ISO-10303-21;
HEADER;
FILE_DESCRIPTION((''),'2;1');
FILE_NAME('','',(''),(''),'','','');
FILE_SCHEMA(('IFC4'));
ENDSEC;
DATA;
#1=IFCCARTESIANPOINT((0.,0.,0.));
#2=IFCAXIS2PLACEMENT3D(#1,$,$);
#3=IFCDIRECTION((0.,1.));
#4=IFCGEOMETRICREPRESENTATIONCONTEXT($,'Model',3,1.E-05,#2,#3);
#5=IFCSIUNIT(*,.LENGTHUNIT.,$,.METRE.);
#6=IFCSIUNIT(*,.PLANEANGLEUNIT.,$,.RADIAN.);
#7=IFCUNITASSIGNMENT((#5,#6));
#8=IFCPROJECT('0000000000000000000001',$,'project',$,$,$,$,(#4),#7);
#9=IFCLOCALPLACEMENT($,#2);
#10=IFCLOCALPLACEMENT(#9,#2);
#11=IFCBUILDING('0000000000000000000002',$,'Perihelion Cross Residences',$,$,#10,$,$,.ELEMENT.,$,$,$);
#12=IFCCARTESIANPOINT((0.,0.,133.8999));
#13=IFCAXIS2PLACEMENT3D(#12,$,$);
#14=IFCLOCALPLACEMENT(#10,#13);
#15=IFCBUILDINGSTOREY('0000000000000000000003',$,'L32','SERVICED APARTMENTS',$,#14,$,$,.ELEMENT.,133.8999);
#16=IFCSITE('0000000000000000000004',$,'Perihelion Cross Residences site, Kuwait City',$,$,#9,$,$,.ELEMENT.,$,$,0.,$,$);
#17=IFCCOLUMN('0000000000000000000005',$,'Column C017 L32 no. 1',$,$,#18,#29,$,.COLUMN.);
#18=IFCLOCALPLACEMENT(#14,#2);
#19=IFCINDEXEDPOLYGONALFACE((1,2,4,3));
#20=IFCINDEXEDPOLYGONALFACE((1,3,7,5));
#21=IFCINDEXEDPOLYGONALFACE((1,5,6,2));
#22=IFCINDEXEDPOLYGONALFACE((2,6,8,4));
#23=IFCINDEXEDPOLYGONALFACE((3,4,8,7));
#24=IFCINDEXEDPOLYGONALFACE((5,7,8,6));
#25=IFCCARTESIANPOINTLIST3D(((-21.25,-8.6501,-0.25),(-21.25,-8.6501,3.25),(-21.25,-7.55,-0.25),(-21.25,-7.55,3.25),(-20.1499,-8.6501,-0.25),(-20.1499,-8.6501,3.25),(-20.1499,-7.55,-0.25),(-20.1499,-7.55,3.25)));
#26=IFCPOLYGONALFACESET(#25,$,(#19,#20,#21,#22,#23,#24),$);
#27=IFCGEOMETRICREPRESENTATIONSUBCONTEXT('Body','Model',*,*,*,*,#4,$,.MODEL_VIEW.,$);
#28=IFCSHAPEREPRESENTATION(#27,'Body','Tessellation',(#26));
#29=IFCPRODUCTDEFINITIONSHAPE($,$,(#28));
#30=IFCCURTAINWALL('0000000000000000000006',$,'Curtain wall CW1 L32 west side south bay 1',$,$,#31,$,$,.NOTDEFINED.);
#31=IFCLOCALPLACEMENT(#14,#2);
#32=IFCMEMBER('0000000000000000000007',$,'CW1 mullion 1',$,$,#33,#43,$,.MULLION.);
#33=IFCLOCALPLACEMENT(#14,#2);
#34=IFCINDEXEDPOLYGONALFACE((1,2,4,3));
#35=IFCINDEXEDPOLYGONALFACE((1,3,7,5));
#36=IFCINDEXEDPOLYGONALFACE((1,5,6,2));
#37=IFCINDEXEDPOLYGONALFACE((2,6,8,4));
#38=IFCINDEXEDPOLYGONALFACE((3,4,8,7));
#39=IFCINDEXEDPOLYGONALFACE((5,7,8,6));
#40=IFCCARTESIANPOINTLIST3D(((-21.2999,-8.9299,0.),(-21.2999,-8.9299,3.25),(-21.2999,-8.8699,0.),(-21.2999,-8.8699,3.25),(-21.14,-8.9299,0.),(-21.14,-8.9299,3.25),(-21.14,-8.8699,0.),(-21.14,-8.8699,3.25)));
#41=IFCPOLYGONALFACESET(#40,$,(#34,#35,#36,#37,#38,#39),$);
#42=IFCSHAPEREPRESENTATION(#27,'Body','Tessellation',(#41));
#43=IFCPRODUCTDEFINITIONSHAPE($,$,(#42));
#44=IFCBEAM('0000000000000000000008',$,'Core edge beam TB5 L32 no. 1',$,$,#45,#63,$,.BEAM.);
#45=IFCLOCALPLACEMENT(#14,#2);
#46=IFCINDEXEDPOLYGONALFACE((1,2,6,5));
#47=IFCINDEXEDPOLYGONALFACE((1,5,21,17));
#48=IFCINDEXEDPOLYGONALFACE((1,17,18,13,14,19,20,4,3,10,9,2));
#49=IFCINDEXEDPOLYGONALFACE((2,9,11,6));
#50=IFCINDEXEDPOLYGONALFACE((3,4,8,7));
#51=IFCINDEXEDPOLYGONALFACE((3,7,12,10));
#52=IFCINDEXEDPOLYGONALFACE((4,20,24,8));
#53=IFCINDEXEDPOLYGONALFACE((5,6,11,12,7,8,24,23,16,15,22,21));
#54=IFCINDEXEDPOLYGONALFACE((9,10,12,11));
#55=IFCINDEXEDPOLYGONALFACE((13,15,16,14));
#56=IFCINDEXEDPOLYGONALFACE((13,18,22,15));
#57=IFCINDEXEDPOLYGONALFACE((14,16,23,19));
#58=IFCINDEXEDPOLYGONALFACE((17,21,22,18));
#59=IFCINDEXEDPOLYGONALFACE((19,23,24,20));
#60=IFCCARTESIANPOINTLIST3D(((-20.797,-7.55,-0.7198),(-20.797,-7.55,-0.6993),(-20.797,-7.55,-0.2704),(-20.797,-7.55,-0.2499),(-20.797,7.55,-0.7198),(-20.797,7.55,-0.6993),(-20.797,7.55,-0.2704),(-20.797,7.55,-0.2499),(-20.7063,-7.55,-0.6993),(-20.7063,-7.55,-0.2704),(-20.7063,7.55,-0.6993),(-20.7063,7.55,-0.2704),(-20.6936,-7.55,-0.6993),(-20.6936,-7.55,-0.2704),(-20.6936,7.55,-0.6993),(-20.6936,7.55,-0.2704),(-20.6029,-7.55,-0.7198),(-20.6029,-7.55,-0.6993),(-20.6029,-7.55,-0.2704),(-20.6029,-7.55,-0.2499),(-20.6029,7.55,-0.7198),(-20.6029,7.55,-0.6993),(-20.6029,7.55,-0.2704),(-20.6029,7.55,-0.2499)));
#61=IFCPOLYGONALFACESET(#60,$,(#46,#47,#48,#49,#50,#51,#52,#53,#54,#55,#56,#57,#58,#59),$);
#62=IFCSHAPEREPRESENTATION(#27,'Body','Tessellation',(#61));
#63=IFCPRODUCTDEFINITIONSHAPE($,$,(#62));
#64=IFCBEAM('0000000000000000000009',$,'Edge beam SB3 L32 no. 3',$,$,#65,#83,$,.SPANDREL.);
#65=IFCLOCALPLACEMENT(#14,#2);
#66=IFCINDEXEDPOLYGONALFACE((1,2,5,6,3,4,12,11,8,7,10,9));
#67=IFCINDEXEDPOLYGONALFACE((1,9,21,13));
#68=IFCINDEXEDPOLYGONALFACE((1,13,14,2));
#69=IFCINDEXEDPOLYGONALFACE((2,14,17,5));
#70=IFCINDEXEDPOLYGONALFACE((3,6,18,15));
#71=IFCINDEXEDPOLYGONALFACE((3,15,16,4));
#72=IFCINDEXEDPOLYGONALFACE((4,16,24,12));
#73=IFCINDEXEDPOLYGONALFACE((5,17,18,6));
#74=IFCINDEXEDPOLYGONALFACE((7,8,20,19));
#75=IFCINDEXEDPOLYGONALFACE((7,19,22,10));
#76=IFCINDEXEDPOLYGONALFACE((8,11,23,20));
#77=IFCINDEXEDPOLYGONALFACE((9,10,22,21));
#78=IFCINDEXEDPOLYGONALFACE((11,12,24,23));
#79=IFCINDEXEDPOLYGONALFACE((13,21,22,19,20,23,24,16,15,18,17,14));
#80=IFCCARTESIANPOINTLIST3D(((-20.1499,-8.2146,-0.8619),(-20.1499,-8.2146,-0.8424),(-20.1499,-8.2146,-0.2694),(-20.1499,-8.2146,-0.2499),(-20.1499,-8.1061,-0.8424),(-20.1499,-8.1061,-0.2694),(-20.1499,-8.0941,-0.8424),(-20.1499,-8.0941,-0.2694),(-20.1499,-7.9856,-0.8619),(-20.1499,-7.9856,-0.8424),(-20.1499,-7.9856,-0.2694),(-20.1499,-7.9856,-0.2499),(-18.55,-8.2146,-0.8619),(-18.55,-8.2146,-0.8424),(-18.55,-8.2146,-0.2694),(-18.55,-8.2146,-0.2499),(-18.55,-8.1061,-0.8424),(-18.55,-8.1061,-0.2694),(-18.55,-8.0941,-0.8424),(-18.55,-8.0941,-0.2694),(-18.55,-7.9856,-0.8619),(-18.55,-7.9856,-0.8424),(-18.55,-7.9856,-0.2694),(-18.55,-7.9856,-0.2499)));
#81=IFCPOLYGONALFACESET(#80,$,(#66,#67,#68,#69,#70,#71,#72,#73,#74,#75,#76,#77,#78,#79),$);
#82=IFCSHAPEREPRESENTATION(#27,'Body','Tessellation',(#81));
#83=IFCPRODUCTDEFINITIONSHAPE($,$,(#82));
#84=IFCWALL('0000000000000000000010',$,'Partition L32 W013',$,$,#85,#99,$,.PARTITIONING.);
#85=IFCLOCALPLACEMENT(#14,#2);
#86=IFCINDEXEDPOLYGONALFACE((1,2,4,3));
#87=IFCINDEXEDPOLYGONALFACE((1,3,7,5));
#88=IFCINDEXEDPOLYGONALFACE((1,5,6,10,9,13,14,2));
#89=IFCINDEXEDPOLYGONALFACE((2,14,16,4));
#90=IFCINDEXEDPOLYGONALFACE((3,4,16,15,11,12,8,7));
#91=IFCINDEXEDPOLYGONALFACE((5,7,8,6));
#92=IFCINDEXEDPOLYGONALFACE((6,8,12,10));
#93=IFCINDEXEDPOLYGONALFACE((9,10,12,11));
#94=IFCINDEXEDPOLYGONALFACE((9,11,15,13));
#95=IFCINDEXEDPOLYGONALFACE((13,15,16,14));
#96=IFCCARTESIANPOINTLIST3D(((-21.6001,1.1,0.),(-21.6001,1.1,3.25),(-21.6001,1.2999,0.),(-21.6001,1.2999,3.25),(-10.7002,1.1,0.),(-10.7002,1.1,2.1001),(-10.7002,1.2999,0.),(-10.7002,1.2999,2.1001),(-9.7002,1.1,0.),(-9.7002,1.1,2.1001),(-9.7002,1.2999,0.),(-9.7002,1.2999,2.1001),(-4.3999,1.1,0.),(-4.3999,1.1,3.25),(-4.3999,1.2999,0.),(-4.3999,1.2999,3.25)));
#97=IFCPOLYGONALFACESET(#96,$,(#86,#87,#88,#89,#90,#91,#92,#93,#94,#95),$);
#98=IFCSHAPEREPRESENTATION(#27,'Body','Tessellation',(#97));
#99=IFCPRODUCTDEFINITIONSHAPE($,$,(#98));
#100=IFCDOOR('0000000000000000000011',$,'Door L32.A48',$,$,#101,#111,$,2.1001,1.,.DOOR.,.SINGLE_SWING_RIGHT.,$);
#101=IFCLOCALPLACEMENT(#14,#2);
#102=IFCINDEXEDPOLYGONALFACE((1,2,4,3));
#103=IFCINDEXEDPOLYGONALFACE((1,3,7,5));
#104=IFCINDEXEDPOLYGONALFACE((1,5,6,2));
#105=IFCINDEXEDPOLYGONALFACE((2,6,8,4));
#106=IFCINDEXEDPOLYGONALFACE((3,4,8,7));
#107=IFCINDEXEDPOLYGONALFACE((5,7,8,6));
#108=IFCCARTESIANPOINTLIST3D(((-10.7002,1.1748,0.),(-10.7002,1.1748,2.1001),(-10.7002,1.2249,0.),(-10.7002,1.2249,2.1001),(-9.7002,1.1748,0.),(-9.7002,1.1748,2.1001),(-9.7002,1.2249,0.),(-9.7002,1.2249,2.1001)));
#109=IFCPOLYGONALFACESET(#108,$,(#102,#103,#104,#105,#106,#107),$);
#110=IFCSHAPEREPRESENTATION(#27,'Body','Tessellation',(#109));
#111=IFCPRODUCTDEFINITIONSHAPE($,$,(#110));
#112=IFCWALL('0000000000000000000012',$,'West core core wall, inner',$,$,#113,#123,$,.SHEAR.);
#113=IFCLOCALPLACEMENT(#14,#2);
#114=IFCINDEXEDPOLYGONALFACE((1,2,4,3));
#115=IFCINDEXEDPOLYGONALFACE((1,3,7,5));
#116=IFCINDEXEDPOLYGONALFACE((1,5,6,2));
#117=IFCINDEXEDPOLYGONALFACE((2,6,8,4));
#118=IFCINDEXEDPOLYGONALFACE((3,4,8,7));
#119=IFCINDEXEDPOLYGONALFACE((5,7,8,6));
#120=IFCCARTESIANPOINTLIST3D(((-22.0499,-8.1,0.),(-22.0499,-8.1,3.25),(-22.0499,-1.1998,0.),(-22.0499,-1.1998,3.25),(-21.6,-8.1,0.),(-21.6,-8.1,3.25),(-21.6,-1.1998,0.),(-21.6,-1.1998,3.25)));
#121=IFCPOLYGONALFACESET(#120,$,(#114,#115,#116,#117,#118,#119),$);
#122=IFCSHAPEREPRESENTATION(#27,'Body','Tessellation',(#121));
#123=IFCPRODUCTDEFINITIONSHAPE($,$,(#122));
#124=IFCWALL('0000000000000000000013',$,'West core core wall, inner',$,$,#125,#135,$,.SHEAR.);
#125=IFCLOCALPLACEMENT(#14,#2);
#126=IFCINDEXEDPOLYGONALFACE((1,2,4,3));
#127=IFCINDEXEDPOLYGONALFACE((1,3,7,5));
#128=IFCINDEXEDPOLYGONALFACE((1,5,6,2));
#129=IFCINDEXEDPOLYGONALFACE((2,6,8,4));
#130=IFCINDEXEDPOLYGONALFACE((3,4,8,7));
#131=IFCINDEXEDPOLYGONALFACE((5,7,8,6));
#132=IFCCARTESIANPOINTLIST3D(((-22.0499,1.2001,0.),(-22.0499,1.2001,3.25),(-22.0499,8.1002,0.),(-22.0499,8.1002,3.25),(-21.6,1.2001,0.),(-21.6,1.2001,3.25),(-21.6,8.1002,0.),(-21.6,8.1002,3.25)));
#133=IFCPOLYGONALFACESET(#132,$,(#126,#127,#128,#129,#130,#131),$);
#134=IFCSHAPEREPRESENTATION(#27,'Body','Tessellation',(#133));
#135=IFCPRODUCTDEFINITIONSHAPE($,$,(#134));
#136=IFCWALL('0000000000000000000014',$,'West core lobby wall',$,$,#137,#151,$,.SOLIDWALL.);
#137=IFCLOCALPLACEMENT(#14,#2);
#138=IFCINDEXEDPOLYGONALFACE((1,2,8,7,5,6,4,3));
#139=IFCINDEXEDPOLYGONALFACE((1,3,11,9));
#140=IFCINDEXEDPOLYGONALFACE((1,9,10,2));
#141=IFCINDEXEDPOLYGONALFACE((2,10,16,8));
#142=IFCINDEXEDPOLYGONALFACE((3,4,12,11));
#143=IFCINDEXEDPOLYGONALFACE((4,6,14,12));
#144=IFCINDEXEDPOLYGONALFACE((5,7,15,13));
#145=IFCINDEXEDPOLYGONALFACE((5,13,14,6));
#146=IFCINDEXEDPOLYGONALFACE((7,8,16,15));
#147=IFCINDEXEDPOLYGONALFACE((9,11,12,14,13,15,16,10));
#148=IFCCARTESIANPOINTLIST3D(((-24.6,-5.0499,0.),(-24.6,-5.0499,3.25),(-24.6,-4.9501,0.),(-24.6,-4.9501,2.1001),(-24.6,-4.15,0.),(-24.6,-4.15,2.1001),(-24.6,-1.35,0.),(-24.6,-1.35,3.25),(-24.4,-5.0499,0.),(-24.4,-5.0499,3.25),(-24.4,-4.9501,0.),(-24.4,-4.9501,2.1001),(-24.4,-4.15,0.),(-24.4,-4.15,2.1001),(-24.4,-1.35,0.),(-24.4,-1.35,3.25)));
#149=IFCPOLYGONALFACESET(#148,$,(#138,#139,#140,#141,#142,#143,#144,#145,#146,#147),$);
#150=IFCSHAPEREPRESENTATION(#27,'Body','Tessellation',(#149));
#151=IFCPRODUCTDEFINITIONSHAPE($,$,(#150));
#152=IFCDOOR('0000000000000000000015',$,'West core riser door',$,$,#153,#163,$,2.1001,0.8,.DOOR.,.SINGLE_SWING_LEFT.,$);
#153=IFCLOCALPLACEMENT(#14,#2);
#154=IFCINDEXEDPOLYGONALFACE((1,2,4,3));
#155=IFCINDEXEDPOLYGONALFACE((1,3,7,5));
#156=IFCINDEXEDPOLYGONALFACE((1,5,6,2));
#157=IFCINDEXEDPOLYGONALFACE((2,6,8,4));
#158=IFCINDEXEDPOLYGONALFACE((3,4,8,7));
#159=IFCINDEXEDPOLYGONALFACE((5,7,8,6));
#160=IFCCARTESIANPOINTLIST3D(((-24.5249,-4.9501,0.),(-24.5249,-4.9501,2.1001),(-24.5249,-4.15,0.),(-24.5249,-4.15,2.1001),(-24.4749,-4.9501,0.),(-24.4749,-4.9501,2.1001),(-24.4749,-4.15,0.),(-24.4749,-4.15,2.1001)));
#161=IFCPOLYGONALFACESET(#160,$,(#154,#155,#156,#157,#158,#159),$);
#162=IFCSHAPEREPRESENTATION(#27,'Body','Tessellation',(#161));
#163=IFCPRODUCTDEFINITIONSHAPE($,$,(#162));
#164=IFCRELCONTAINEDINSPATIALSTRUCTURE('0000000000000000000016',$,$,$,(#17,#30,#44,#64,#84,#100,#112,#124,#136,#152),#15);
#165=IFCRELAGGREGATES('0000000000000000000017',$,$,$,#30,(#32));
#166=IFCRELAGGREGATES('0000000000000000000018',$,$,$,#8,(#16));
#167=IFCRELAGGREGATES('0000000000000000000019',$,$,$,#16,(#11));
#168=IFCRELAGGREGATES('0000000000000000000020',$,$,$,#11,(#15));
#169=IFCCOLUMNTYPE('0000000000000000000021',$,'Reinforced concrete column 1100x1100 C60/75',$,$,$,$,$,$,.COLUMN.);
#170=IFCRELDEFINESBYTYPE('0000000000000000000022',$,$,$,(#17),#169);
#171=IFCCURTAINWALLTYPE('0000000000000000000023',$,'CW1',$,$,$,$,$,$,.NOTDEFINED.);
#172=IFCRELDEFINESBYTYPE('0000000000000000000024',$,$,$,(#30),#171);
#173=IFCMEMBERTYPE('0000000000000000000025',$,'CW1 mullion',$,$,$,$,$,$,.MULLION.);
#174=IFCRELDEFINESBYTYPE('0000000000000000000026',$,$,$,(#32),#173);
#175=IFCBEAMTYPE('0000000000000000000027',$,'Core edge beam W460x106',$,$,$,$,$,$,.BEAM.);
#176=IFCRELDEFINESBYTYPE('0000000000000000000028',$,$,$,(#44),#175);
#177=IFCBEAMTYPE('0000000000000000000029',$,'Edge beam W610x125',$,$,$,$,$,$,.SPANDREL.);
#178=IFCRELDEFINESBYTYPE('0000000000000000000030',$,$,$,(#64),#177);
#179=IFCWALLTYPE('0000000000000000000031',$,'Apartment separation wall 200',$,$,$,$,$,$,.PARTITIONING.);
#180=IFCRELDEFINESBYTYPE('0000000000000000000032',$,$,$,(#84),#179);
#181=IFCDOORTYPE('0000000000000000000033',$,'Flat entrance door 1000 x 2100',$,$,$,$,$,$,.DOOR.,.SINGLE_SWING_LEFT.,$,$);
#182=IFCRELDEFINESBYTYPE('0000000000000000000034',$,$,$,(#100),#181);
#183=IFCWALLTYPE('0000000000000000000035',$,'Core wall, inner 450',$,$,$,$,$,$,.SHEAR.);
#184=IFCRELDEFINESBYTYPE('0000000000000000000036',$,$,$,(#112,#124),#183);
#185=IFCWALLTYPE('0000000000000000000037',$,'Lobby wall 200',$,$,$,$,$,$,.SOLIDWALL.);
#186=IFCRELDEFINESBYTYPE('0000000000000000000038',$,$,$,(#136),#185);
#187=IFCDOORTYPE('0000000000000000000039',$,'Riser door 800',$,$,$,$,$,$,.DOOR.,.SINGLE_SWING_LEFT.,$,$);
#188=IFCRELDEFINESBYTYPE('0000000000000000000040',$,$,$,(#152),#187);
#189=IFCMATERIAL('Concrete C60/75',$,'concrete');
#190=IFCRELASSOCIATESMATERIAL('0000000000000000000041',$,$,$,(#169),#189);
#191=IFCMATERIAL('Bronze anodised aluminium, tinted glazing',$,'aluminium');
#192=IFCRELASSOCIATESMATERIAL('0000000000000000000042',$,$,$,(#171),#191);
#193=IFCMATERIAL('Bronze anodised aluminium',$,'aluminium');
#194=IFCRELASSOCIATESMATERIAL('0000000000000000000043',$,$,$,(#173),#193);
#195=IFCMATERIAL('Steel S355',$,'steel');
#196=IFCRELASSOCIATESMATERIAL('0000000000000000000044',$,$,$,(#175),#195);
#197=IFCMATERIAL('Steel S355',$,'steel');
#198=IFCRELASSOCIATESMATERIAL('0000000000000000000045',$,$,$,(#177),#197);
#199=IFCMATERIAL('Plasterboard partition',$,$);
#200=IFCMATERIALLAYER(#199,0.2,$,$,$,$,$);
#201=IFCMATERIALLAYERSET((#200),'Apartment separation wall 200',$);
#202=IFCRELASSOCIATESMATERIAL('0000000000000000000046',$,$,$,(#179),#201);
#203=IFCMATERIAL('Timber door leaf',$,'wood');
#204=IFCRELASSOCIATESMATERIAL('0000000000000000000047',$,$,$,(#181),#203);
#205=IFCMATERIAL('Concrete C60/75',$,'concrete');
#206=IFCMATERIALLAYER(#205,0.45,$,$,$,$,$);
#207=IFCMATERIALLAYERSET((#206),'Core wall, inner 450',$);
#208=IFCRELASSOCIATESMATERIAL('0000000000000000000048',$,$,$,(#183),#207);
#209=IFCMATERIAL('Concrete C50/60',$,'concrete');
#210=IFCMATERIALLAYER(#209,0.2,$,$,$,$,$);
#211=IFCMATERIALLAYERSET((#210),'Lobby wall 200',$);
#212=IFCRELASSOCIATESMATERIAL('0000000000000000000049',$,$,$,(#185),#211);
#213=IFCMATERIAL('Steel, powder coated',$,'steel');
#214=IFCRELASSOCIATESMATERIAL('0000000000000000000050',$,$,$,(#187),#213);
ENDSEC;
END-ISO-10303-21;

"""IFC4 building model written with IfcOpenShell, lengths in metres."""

from ifc_helpers import new_model, si_unit, direction, frame, frame_2d, origin, origin_2d, place, context, subcontext, project, spatial, rectangle, i_section, extrude, material, layer, layer_set, material_profile, profile_set, type_object, element, fill, aggregate, save


model = new_model("IFC4")

# Units and contexts
model_context = context("Model", 3, precision=1e-05, world=origin(), true_north=direction((0.0, 1.0)))
body_context = subcontext(model_context, "Body", "Model", "MODEL_VIEW")
ifc_project = project(units=[si_unit("LENGTHUNIT", "METRE"), si_unit("PLANEANGLEUNIT", "RADIAN")], contexts=[model_context])

# Site, building, storey
site_placement = place(None, origin())
site = spatial("IfcSite", under=ifc_project, at=site_placement, Name="Perihelion Cross Residences site, Kuwait City", CompositionType="ELEMENT", RefElevation=0.0)
building_placement = place(site_placement, origin())
building = spatial("IfcBuilding", under=site, at=building_placement, Name="Perihelion Cross Residences", CompositionType="ELEMENT")
storey_placement = place(building_placement, frame((0.0, 0.0, 133.8999)))
storey = spatial("IfcBuildingStorey", under=building, at=storey_placement, Name="L32", Description="SERVICED APARTMENTS", CompositionType="ELEMENT", Elevation=133.8999)

# Column
ifc_material_1 = material(Name="Concrete C60/75", Category="concrete")
ifc_material_profile_1 = material_profile(ifc_material_1, rectangle(XDim=1.1001, YDim=1.1001, at=origin_2d()), Name="RC 1100x1100")
ifc_profile_set_1 = profile_set([ifc_material_profile_1], Name="Concrete C60/75")
column_type = type_object("IfcColumnType", Name="Reinforced concrete column 1100x1100 C60/75", PredefinedType="COLUMN", material=ifc_profile_set_1)
column_placement = place(storey_placement, frame((-20.7, -8.1001, -0.25), z_axis=(0.0, 0.0, 1.0), x_axis=(1.0, 0.0, 0.0)))
element("IfcColumn", 1, at=column_placement, inside=storey, type_object=column_type, Name="Column C017 L32 no. 1", PredefinedType="COLUMN", context=body_context, shape_type="SweptSolid", body=[
    extrude(rectangle(XDim=1.1001, YDim=1.1001, at=origin_2d()), origin(), (0.0, 0.0, 1.0), 3.5),
])

# Curtain wall, member
ifc_material_2 = material(Name="Bronze anodised aluminium, tinted glazing", Category="aluminium")
curtain_wall_type = type_object("IfcCurtainWallType", Name="CW1", PredefinedType="NOTDEFINED", material=ifc_material_2)
curtain_wall_placement = place(storey_placement, origin())
curtain_wall = element("IfcCurtainWall", 2, at=curtain_wall_placement, inside=storey, type_object=curtain_wall_type, Name="Curtain wall CW1 L32 west side south bay 1", PredefinedType="NOTDEFINED")
ifc_material_3 = material(Name="Bronze anodised aluminium", Category="aluminium")
ifc_material_profile_2 = material_profile(ifc_material_3, rectangle(XDim=0.0601, YDim=0.1599, at=origin_2d()), Name="CW1 mullion")
ifc_profile_set_2 = profile_set([ifc_material_profile_2], Name="Bronze anodised aluminium")
member_type = type_object("IfcMemberType", Name="CW1 mullion", PredefinedType="MULLION", material=ifc_profile_set_2)
member_placement = place(storey_placement, frame((-21.22, -8.8999, 0.0), z_axis=(0.0, 0.0, 1.0), x_axis=(0.0, 1.0, 0.0)))
member = element("IfcMember", 3, at=member_placement, type_object=member_type, Name="CW1 mullion 1", PredefinedType="MULLION", context=body_context, shape_type="SweptSolid", body=[
    extrude(rectangle(XDim=0.0601, YDim=0.1599, at=origin_2d()), origin(), (0.0, 0.0, 1.0), 3.25),
])
aggregate(curtain_wall, [member])

# Beams
ifc_material_4 = material(Name="Steel S355", Category="steel")
ifc_material_profile_3 = material_profile(ifc_material_4, i_section(OverallWidth=0.1941, OverallDepth=0.47, WebThickness=0.0127, FlangeThickness=0.0205, at=origin_2d()), Name="W460x106")
ifc_profile_set_3 = profile_set([ifc_material_profile_3], Name="Steel S355")
beam_type_1 = type_object("IfcBeamType", Name="Core edge beam W460x106", PredefinedType="BEAM", material=ifc_profile_set_3)
beam_1_placement = place(storey_placement, frame((-20.7, -7.55, -0.4849), z_axis=(0.0, 1.0, 0.0), x_axis=(-1.0, 0.0, 0.0)))
element("IfcBeam", 4, at=beam_1_placement, inside=storey, type_object=beam_type_1, Name="Core edge beam TB5 L32 no. 1", PredefinedType="BEAM", context=body_context, shape_type="SweptSolid", body=[
    extrude(i_section(OverallWidth=0.1941, OverallDepth=0.47, WebThickness=0.0127, FlangeThickness=0.0205, at=origin_2d()), origin(), (0.0, 0.0, 1.0), 15.1001),
])
ifc_material_5 = material(Name="Steel S355", Category="steel")
ifc_material_profile_4 = material_profile(ifc_material_5, i_section(OverallWidth=0.229, OverallDepth=0.6121, WebThickness=0.012, FlangeThickness=0.0195, at=origin_2d()), Name="W610x125")
ifc_profile_set_4 = profile_set([ifc_material_profile_4], Name="Steel S355")
beam_type_2 = type_object("IfcBeamType", Name="Edge beam W610x125", PredefinedType="SPANDREL", material=ifc_profile_set_4)
beam_2_placement = place(storey_placement, frame((-20.1499, -8.1001, -0.5559), z_axis=(1.0, 0.0, 0.0), x_axis=(0.0, 1.0, 0.0)))
element("IfcBeam", 5, at=beam_2_placement, inside=storey, type_object=beam_type_2, Name="Edge beam SB3 L32 no. 3", PredefinedType="SPANDREL", context=body_context, shape_type="SweptSolid", body=[
    extrude(i_section(OverallWidth=0.229, OverallDepth=0.6121, WebThickness=0.012, FlangeThickness=0.0195, at=origin_2d()), origin(), (0.0, 0.0, 1.0), 1.5999),
])

# Wall, opening, door
ifc_material_6 = material(Name="Plasterboard partition")
ifc_layer_1 = layer(ifc_material_6, 0.2)
ifc_layer_set_1 = layer_set([ifc_layer_1], Name="Apartment separation wall 200")
wall_type_1 = type_object("IfcWallType", Name="Apartment separation wall 200", PredefinedType="PARTITIONING", material=ifc_layer_set_1)
wall_1_placement = place(storey_placement, frame((-21.6001, 1.2, 0.0), z_axis=(0.0, 0.0, 1.0), x_axis=(1.0, 0.0, 0.0)))
wall_1 = element("IfcWall", 6, at=wall_1_placement, inside=storey, type_object=wall_type_1, Name="Partition L32 W013", PredefinedType="PARTITIONING", context=body_context, shape_type="SweptSolid", body=[
    extrude(rectangle(XDim=17.2002, YDim=0.2, at=frame_2d((8.6001, 0.0))), origin(), (0.0, 0.0, 1.0), 3.25),
])
opening_1_placement = place(wall_1_placement, frame((10.8999, 0.0, 0.0)))
opening_1 = element("IfcOpeningElement", 7, at=opening_1_placement, cuts=wall_1, PredefinedType="OPENING", context=body_context, shape_type="SweptSolid", body=[
    extrude(rectangle(XDim=1.0, YDim=2.1001, at=frame_2d((0.5, 1.05))), frame((0.0, 0.1099, 0.0), z_axis=(0.0, -1.0, 0.0), x_axis=(1.0, 0.0, 0.0)), (0.0, 0.0, 1.0), 0.22),
])
ifc_material_7 = material(Name="Timber door leaf", Category="wood")
door_type_1 = type_object("IfcDoorType", Name="Flat entrance door 1000 x 2100", OperationType="SINGLE_SWING_LEFT", PredefinedType="DOOR", material=ifc_material_7)
door_1_placement = place(opening_1_placement, origin())
door_1 = element("IfcDoor", 8, at=door_1_placement, inside=storey, type_object=door_type_1, Name="Door L32.A48", OperationType="SINGLE_SWING_RIGHT", OverallHeight=2.1001, OverallWidth=1.0, PredefinedType="DOOR", context=body_context, shape_type="SweptSolid", body=[
    extrude(rectangle(XDim=1.0, YDim=2.1001, at=frame_2d((0.5, 1.05))), frame((0.0, 0.0249, 0.0), z_axis=(0.0, -1.0, 0.0), x_axis=(1.0, 0.0, 0.0)), (0.0, 0.0, 1.0), 0.05),
])
fill(opening_1, door_1)

# Walls
ifc_material_8 = material(Name="Concrete C60/75", Category="concrete")
ifc_layer_2 = layer(ifc_material_8, 0.45)
ifc_layer_set_2 = layer_set([ifc_layer_2], Name="Core wall, inner 450")
wall_type_2 = type_object("IfcWallType", Name="Core wall, inner 450", PredefinedType="SHEAR", material=ifc_layer_set_2)
for number, where, z_axis, x_axis, name in (
    (9, (-21.825, -8.1001, 0.0), (0.0, 0.0, 1.0), (0.0, 1.0, 0.0), "West core core wall, inner"),
    (10, (-21.825, 1.2, 0.0), (0.0, 0.0, 1.0), (0.0, 1.0, 0.0), "West core core wall, inner"),
):
    element("IfcWall", number, at=place(storey_placement, frame(where, z_axis=z_axis, x_axis=x_axis)), inside=storey, type_object=wall_type_2, Name=name, PredefinedType="SHEAR", context=body_context, shape_type="SweptSolid", body=[
        extrude(rectangle(XDim=6.9001, YDim=0.45, at=frame_2d((3.4502, 0.0))), origin(), (0.0, 0.0, 1.0), 3.25),
    ])

# Wall, opening, door
ifc_material_9 = material(Name="Concrete C50/60", Category="concrete")
ifc_layer_3 = layer(ifc_material_9, 0.2)
ifc_layer_set_3 = layer_set([ifc_layer_3], Name="Lobby wall 200")
wall_type_3 = type_object("IfcWallType", Name="Lobby wall 200", PredefinedType="SOLIDWALL", material=ifc_layer_set_3)
wall_2_placement = place(storey_placement, frame((-24.5, -5.05, 0.0), z_axis=(0.0, 0.0, 1.0), x_axis=(0.0, 1.0, 0.0)))
wall_2 = element("IfcWall", 11, at=wall_2_placement, inside=storey, type_object=wall_type_3, Name="West core lobby wall", PredefinedType="SOLIDWALL", context=body_context, shape_type="SweptSolid", body=[
    extrude(rectangle(XDim=3.7, YDim=0.2, at=frame_2d((1.8501, 0.0))), origin(), (0.0, 0.0, 1.0), 3.25),
])
opening_2_placement = place(wall_2_placement, frame((0.1001, 0.0, 0.0)))
opening_2 = element("IfcOpeningElement", 12, at=opening_2_placement, cuts=wall_2, PredefinedType="OPENING", context=body_context, shape_type="SweptSolid", body=[
    extrude(rectangle(XDim=0.8, YDim=2.1001, at=frame_2d((0.3999, 1.05))), frame((0.0, 0.1099, 0.0), z_axis=(0.0, -1.0, 0.0), x_axis=(1.0, 0.0, 0.0)), (0.0, 0.0, 1.0), 0.22),
])
ifc_material_10 = material(Name="Steel, powder coated", Category="steel")
door_type_2 = type_object("IfcDoorType", Name="Riser door 800", OperationType="SINGLE_SWING_LEFT", PredefinedType="DOOR", material=ifc_material_10)
door_2_placement = place(opening_2_placement, origin())
door_2 = element("IfcDoor", 13, at=door_2_placement, inside=storey, type_object=door_type_2, Name="West core riser door", OperationType="SINGLE_SWING_LEFT", OverallHeight=2.1001, OverallWidth=0.8, PredefinedType="DOOR", context=body_context, shape_type="SweptSolid", body=[
    extrude(rectangle(XDim=0.8, YDim=2.1001, at=frame_2d((0.3999, 1.05))), frame((0.0, 0.0249, 0.0), z_axis=(0.0, -1.0, 0.0), x_axis=(1.0, 0.0, 0.0)), (0.0, 0.0, 1.0), 0.05),
])
fill(opening_2, door_2)

save(model, "model.ifc")
